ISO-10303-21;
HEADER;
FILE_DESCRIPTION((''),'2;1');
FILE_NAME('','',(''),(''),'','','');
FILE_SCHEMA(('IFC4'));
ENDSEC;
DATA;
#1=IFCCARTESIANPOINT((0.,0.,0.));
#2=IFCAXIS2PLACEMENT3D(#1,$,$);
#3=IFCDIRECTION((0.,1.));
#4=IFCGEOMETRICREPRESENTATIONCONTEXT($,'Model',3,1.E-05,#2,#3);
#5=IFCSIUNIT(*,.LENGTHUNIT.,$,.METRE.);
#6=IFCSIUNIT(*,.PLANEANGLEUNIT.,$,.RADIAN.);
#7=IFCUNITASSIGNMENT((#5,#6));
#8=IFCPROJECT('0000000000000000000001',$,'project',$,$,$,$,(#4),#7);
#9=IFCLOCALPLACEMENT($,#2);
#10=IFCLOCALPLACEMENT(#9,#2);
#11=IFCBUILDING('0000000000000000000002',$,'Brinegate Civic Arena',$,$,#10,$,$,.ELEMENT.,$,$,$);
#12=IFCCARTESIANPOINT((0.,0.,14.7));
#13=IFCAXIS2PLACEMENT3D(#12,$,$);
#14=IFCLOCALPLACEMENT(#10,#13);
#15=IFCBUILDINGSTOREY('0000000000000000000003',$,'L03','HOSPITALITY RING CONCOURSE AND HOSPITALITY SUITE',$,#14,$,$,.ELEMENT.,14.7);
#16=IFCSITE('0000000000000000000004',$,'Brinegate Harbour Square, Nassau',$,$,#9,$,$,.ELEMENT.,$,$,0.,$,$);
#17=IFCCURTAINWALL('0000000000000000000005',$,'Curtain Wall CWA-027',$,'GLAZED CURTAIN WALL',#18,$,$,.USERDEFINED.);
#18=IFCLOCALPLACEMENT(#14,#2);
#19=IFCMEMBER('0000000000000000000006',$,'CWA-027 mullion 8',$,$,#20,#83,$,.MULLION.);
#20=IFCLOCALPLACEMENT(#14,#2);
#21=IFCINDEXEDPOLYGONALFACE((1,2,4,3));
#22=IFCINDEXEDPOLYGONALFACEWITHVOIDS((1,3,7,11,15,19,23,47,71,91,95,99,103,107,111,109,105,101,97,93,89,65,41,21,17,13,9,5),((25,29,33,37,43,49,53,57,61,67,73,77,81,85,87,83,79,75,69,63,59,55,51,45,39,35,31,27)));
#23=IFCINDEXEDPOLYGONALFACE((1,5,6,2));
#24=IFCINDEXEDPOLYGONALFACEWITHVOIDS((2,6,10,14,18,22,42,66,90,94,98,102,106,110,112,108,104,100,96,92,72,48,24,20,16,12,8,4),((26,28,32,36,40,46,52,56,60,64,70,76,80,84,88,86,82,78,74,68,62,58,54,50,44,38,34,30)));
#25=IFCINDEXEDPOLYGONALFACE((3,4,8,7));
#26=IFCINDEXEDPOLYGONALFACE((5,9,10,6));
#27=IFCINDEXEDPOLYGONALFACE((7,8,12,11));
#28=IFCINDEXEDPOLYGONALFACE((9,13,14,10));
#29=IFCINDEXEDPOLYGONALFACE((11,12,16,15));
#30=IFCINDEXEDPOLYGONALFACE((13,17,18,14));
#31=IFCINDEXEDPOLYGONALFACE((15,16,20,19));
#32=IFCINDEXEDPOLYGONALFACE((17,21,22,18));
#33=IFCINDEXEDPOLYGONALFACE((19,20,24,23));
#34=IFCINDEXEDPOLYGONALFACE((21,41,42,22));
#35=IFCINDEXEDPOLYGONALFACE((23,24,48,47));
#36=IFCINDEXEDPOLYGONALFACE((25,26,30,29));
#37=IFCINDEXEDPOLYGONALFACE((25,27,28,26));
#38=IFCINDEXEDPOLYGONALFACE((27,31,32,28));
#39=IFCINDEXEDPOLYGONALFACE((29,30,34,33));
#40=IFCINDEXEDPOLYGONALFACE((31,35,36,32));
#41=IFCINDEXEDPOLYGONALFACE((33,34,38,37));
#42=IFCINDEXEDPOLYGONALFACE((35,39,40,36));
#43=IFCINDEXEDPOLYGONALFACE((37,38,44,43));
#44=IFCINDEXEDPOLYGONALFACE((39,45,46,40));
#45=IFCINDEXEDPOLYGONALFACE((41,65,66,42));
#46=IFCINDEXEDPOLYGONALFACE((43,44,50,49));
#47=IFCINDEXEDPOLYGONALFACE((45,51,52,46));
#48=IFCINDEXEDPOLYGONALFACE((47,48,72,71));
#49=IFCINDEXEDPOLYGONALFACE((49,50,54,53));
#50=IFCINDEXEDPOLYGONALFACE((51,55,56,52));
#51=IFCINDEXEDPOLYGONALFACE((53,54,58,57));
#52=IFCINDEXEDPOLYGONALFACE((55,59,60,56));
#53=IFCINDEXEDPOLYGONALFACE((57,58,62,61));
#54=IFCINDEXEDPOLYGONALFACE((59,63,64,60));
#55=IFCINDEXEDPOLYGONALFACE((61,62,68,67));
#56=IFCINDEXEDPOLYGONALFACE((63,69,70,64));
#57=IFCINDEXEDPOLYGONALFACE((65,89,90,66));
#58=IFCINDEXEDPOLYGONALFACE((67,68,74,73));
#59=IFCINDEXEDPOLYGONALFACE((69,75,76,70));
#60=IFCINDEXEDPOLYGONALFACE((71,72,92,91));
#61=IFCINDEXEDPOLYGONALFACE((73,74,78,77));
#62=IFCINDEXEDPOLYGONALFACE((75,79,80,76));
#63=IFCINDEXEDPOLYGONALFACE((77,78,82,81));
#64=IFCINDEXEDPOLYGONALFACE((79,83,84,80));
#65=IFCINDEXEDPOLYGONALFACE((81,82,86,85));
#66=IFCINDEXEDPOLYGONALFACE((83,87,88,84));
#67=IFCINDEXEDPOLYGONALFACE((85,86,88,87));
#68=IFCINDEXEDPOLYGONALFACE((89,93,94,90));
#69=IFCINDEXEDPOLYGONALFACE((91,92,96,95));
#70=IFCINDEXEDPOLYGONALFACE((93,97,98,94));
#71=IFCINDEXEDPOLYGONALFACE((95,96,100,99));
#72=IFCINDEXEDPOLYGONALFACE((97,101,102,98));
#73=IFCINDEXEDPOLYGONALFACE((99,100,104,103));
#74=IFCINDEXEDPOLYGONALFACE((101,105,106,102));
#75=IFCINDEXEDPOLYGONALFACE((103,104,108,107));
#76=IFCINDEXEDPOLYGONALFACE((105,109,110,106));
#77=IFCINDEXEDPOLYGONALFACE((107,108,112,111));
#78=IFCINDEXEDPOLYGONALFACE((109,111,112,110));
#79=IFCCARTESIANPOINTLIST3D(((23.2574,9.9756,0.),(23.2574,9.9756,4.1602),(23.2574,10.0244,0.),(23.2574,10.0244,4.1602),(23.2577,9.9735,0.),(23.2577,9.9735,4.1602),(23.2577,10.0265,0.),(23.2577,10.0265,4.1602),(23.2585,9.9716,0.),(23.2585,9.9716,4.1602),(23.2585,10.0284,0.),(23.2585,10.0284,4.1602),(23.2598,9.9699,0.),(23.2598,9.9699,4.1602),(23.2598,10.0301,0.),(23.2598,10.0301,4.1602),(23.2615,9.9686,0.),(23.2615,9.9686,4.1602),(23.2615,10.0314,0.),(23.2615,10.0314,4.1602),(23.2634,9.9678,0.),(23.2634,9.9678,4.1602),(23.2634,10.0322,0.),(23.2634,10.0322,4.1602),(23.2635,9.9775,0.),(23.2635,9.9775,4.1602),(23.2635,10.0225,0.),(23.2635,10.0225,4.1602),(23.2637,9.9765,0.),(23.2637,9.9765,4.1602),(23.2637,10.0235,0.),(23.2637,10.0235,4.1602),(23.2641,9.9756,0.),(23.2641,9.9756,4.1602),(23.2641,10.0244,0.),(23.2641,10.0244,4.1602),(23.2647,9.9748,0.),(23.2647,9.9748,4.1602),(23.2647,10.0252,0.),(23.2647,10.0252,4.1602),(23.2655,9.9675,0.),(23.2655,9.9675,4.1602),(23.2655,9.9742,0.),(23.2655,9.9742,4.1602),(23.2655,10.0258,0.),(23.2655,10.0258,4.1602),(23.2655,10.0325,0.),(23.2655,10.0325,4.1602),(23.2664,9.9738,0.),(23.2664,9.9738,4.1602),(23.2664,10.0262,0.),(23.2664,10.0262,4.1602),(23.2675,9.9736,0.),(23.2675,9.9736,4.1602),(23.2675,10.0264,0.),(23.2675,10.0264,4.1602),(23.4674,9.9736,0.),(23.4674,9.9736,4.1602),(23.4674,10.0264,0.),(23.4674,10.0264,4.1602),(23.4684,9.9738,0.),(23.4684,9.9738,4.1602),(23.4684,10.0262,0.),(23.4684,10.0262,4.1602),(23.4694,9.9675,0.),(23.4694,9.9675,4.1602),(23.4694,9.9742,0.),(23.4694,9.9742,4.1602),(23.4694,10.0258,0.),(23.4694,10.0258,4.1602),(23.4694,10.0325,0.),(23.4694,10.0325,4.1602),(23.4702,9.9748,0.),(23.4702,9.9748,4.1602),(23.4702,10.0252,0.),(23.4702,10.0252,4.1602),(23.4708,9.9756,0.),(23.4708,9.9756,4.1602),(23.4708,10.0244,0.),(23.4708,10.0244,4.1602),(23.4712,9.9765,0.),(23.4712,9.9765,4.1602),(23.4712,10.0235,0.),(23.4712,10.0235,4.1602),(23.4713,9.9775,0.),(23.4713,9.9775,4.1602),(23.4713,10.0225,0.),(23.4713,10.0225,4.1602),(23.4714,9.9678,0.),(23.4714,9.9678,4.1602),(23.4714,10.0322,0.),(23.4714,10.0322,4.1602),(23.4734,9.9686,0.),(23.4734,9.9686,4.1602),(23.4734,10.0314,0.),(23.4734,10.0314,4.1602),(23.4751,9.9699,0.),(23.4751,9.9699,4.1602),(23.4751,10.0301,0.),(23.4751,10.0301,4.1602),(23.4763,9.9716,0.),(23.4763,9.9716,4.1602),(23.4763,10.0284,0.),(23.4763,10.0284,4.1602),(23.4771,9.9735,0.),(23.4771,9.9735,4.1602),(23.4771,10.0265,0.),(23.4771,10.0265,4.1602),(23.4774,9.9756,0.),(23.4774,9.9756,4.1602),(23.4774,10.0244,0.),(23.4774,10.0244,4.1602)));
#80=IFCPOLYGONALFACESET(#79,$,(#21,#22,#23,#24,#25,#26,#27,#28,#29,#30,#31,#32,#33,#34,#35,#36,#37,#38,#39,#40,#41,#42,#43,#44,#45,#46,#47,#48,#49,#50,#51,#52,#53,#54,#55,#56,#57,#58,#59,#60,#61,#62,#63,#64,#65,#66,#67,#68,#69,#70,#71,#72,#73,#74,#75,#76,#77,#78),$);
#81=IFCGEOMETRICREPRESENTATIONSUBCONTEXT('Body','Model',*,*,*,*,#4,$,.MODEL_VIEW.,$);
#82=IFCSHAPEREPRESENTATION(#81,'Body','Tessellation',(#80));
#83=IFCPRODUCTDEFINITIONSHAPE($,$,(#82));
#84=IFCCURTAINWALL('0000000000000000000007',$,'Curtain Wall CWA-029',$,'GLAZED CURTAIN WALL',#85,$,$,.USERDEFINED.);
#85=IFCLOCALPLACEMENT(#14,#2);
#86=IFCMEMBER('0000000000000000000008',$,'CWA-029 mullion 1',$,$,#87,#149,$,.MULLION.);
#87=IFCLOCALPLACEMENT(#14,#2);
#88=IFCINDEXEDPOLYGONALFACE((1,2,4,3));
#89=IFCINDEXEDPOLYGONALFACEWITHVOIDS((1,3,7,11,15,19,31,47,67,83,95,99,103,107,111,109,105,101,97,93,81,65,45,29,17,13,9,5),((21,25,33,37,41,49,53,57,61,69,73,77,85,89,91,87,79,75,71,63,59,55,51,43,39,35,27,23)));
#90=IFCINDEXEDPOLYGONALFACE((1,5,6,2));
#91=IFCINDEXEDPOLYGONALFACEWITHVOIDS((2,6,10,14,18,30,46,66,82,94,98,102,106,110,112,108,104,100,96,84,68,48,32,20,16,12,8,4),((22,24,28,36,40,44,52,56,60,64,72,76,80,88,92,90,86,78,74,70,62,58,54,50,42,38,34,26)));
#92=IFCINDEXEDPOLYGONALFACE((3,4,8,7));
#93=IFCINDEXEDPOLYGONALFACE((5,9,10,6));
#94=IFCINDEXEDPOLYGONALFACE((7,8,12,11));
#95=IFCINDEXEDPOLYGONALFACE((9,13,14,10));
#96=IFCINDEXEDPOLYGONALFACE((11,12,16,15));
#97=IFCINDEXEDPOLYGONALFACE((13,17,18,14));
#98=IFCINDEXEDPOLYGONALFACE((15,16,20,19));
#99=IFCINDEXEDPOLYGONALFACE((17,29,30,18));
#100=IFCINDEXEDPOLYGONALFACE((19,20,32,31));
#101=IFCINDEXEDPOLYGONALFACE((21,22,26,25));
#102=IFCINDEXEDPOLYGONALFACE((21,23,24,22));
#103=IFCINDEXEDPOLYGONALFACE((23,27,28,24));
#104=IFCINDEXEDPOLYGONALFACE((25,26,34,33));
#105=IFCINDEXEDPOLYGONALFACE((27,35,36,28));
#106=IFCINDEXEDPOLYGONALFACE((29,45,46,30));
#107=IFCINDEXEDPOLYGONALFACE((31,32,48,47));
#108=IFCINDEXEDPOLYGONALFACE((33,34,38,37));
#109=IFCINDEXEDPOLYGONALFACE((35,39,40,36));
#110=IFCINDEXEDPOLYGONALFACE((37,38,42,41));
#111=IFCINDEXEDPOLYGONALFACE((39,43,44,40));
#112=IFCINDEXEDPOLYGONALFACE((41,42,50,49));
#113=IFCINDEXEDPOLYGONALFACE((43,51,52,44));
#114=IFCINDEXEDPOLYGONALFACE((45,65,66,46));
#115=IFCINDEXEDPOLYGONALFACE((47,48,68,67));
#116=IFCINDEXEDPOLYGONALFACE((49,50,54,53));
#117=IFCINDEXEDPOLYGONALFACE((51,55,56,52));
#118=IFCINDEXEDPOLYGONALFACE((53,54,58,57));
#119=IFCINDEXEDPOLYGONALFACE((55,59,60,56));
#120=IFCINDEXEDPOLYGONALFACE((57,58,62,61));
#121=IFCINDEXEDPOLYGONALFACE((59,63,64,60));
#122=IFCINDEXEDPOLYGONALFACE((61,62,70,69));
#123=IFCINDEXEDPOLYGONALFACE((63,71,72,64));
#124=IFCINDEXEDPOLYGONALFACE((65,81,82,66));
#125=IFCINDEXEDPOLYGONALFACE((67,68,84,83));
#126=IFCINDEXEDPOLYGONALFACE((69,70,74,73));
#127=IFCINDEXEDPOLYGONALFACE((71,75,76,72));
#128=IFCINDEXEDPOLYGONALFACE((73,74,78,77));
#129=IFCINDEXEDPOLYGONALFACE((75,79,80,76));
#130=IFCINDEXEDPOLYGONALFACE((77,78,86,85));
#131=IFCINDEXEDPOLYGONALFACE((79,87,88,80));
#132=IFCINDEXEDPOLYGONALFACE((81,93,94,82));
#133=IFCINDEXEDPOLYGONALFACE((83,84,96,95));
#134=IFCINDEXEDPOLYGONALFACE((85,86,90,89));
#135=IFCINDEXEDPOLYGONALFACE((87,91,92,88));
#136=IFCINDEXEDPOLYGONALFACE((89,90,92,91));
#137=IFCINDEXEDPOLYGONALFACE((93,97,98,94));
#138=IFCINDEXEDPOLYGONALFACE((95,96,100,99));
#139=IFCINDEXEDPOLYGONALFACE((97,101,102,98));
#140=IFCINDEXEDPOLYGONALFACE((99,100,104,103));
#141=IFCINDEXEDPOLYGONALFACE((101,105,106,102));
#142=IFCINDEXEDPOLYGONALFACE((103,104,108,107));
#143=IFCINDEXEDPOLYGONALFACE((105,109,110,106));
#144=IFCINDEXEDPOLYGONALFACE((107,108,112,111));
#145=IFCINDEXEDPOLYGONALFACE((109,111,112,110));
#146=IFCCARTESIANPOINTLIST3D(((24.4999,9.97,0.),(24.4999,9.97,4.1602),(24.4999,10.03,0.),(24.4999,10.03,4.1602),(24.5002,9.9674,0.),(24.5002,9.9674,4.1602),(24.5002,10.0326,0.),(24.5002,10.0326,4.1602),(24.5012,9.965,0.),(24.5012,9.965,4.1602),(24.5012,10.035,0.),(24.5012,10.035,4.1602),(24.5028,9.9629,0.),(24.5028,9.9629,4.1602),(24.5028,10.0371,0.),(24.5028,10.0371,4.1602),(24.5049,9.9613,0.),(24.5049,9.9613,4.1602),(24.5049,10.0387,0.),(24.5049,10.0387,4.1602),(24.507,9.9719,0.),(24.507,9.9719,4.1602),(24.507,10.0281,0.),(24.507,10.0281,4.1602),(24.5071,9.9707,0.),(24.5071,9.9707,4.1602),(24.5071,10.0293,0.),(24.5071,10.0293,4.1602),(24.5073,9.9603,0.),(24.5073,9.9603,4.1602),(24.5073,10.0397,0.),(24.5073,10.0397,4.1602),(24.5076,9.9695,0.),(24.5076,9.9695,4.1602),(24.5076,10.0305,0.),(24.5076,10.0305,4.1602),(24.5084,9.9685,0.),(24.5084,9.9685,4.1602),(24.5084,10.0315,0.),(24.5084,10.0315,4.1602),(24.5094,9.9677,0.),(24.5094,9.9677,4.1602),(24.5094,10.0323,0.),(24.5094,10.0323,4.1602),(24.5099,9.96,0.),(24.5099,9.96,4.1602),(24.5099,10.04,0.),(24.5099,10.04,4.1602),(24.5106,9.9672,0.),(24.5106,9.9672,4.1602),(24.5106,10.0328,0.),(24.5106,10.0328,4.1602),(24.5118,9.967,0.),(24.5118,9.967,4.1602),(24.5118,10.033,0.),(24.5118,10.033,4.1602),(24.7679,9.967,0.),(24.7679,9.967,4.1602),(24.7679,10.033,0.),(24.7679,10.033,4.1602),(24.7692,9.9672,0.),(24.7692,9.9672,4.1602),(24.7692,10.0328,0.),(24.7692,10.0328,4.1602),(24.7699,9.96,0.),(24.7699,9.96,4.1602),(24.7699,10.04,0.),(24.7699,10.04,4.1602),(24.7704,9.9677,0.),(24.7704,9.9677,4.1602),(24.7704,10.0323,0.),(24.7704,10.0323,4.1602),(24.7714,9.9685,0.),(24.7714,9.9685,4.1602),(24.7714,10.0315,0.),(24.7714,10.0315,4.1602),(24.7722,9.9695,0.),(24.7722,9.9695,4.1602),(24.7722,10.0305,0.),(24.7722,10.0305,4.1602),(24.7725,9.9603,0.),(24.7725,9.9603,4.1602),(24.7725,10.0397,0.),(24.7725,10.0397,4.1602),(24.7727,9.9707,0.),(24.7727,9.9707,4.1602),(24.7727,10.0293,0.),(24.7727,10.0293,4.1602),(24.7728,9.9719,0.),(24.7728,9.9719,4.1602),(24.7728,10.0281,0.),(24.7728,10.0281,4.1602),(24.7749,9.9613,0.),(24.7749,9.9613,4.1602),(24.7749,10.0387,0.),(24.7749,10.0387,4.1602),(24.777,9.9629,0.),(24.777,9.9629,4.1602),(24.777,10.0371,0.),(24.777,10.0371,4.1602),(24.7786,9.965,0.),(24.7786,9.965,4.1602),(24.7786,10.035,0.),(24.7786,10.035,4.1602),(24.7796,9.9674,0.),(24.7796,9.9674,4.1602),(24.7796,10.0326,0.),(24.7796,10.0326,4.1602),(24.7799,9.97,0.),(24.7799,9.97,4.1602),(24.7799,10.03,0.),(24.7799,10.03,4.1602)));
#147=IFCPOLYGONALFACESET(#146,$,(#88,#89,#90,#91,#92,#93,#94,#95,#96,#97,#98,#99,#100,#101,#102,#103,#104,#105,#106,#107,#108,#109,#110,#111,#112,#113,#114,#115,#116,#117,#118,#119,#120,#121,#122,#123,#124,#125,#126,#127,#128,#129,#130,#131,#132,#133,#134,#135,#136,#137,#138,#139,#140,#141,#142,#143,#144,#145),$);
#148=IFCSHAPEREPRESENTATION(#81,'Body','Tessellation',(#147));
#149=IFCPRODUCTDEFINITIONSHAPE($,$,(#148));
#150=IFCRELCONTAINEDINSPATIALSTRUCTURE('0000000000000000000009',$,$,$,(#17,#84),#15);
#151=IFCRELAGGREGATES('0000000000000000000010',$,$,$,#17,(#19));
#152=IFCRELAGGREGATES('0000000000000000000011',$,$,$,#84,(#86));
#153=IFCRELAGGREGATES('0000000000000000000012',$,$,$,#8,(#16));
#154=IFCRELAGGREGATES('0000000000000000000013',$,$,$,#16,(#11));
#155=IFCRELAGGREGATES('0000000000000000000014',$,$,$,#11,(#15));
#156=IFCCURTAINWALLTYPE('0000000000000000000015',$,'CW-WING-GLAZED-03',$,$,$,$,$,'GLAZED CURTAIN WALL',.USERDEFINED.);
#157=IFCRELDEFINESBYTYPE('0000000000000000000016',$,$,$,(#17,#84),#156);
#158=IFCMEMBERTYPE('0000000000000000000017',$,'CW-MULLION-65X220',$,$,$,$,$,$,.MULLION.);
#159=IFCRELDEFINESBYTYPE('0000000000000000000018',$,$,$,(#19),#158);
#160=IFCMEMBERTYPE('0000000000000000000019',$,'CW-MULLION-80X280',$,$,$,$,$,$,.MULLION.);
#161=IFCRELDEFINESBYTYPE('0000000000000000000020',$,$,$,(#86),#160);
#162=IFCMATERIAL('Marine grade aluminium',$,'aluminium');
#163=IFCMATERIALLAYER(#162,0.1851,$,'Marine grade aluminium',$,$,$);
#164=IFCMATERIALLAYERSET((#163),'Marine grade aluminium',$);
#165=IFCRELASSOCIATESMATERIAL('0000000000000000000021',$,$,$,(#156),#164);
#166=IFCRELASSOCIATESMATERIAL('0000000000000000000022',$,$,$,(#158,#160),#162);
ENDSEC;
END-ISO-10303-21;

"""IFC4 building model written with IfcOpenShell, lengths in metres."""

from ifc_helpers import new_model, si_unit, direction, frame, origin, origin_2d, place, context, subcontext, project, spatial, hollow_rectangle, extrude, material, layer, layer_set, material_profile, profile_set, type_object, element, aggregate, save


model = new_model("IFC4")

# Units and contexts
model_context = context("Model", 3, precision=1e-05, world=origin(), true_north=direction((0.0, 1.0)))
body_context = subcontext(model_context, "Body", "Model", "MODEL_VIEW")
ifc_project = project(units=[si_unit("LENGTHUNIT", "METRE"), si_unit("PLANEANGLEUNIT", "RADIAN")], contexts=[model_context])

# Site, building, storey
site_placement = place(None, origin())
site = spatial("IfcSite", under=ifc_project, at=site_placement, Name="Brinegate Harbour Square, Nassau", CompositionType="ELEMENT", RefElevation=0.0)
building_placement = place(site_placement, origin())
building = spatial("IfcBuilding", under=site, at=building_placement, Name="Brinegate Civic Arena", CompositionType="ELEMENT")
storey_placement = place(building_placement, frame((0.0, 0.0, 14.7)))
storey = spatial("IfcBuildingStorey", under=building, at=storey_placement, Name="L03", Description="HOSPITALITY RING CONCOURSE AND HOSPITALITY SUITE", CompositionType="ELEMENT", Elevation=14.7)

# Curtain wall, member
ifc_material_1 = material(Name="Marine grade aluminium", Category="aluminium")
ifc_layer_1 = layer(ifc_material_1, 0.1851, Name="Marine grade aluminium")
ifc_layer_set_1 = layer_set([ifc_layer_1], Name="Marine grade aluminium")
curtain_wall_type = type_object("IfcCurtainWallType", Name="CW-WING-GLAZED-03", ElementType="GLAZED CURTAIN WALL", PredefinedType="USERDEFINED", material=ifc_layer_set_1)
curtain_wall_1_placement = place(storey_placement, origin())
curtain_wall_1 = element("IfcCurtainWall", 1, at=curtain_wall_1_placement, inside=storey, type_object=curtain_wall_type, Name="Curtain Wall CWA-027", ObjectType="GLAZED CURTAIN WALL", PredefinedType="USERDEFINED")
ifc_material_profile_1 = material_profile(ifc_material_1, hollow_rectangle(XDim=0.0649, YDim=0.22, WallThickness=0.0061, InnerFilletRadius=0.0039, OuterFilletRadius=0.0081, at=origin_2d()), Name="MUL65X220")
ifc_profile_set_1 = profile_set([ifc_material_profile_1], Name="Marine grade aluminium")
member_type_1 = type_object("IfcMemberType", Name="CW-MULLION-65X220", PredefinedType="MULLION", material=ifc_profile_set_1)
member_1_placement = place(storey_placement, frame((23.3674, 10.0, 0.0), z_axis=(0.0, 0.0, 1.0), x_axis=(0.0, 1.0, 0.0)))
member_1 = element("IfcMember", 2, at=member_1_placement, type_object=member_type_1, Name="CWA-027 mullion 8", PredefinedType="MULLION", context=body_context, shape_type="SweptSolid", body=[
    extrude(hollow_rectangle(XDim=0.0649, YDim=0.22, WallThickness=0.0061, InnerFilletRadius=0.0039, OuterFilletRadius=0.0081, at=origin_2d()), origin(), (0.0, 0.0, 1.0), 4.1602),
])

# Curtain wall, member
curtain_wall_2_placement = place(storey_placement, origin())
curtain_wall_2 = element("IfcCurtainWall", 3, at=curtain_wall_2_placement, inside=storey, type_object=curtain_wall_type, Name="Curtain Wall CWA-029", ObjectType="GLAZED CURTAIN WALL", PredefinedType="USERDEFINED")
ifc_material_profile_2 = material_profile(ifc_material_1, hollow_rectangle(XDim=0.0801, YDim=0.28, WallThickness=0.0071, InnerFilletRadius=0.0049, OuterFilletRadius=0.01, at=origin_2d()), Name="MUL80X280")
ifc_profile_set_2 = profile_set([ifc_material_profile_2], Name="Marine grade aluminium")
member_type_2 = type_object("IfcMemberType", Name="CW-MULLION-80X280", PredefinedType="MULLION", material=ifc_profile_set_2)
member_2_placement = place(storey_placement, frame((24.6399, 10.0, 0.0), z_axis=(0.0, 0.0, 1.0), x_axis=(0.0, 1.0, 0.0)))
member_2 = element("IfcMember", 4, at=member_2_placement, type_object=member_type_2, Name="CWA-029 mullion 1", PredefinedType="MULLION", context=body_context, shape_type="SweptSolid", body=[
    extrude(hollow_rectangle(XDim=0.0801, YDim=0.28, WallThickness=0.0071, InnerFilletRadius=0.0049, OuterFilletRadius=0.01, at=origin_2d()), origin(), (0.0, 0.0, 1.0), 4.1602),
])

aggregate(curtain_wall_1, [member_1])
aggregate(curtain_wall_2, [member_2])

save(model, "model.ifc")
